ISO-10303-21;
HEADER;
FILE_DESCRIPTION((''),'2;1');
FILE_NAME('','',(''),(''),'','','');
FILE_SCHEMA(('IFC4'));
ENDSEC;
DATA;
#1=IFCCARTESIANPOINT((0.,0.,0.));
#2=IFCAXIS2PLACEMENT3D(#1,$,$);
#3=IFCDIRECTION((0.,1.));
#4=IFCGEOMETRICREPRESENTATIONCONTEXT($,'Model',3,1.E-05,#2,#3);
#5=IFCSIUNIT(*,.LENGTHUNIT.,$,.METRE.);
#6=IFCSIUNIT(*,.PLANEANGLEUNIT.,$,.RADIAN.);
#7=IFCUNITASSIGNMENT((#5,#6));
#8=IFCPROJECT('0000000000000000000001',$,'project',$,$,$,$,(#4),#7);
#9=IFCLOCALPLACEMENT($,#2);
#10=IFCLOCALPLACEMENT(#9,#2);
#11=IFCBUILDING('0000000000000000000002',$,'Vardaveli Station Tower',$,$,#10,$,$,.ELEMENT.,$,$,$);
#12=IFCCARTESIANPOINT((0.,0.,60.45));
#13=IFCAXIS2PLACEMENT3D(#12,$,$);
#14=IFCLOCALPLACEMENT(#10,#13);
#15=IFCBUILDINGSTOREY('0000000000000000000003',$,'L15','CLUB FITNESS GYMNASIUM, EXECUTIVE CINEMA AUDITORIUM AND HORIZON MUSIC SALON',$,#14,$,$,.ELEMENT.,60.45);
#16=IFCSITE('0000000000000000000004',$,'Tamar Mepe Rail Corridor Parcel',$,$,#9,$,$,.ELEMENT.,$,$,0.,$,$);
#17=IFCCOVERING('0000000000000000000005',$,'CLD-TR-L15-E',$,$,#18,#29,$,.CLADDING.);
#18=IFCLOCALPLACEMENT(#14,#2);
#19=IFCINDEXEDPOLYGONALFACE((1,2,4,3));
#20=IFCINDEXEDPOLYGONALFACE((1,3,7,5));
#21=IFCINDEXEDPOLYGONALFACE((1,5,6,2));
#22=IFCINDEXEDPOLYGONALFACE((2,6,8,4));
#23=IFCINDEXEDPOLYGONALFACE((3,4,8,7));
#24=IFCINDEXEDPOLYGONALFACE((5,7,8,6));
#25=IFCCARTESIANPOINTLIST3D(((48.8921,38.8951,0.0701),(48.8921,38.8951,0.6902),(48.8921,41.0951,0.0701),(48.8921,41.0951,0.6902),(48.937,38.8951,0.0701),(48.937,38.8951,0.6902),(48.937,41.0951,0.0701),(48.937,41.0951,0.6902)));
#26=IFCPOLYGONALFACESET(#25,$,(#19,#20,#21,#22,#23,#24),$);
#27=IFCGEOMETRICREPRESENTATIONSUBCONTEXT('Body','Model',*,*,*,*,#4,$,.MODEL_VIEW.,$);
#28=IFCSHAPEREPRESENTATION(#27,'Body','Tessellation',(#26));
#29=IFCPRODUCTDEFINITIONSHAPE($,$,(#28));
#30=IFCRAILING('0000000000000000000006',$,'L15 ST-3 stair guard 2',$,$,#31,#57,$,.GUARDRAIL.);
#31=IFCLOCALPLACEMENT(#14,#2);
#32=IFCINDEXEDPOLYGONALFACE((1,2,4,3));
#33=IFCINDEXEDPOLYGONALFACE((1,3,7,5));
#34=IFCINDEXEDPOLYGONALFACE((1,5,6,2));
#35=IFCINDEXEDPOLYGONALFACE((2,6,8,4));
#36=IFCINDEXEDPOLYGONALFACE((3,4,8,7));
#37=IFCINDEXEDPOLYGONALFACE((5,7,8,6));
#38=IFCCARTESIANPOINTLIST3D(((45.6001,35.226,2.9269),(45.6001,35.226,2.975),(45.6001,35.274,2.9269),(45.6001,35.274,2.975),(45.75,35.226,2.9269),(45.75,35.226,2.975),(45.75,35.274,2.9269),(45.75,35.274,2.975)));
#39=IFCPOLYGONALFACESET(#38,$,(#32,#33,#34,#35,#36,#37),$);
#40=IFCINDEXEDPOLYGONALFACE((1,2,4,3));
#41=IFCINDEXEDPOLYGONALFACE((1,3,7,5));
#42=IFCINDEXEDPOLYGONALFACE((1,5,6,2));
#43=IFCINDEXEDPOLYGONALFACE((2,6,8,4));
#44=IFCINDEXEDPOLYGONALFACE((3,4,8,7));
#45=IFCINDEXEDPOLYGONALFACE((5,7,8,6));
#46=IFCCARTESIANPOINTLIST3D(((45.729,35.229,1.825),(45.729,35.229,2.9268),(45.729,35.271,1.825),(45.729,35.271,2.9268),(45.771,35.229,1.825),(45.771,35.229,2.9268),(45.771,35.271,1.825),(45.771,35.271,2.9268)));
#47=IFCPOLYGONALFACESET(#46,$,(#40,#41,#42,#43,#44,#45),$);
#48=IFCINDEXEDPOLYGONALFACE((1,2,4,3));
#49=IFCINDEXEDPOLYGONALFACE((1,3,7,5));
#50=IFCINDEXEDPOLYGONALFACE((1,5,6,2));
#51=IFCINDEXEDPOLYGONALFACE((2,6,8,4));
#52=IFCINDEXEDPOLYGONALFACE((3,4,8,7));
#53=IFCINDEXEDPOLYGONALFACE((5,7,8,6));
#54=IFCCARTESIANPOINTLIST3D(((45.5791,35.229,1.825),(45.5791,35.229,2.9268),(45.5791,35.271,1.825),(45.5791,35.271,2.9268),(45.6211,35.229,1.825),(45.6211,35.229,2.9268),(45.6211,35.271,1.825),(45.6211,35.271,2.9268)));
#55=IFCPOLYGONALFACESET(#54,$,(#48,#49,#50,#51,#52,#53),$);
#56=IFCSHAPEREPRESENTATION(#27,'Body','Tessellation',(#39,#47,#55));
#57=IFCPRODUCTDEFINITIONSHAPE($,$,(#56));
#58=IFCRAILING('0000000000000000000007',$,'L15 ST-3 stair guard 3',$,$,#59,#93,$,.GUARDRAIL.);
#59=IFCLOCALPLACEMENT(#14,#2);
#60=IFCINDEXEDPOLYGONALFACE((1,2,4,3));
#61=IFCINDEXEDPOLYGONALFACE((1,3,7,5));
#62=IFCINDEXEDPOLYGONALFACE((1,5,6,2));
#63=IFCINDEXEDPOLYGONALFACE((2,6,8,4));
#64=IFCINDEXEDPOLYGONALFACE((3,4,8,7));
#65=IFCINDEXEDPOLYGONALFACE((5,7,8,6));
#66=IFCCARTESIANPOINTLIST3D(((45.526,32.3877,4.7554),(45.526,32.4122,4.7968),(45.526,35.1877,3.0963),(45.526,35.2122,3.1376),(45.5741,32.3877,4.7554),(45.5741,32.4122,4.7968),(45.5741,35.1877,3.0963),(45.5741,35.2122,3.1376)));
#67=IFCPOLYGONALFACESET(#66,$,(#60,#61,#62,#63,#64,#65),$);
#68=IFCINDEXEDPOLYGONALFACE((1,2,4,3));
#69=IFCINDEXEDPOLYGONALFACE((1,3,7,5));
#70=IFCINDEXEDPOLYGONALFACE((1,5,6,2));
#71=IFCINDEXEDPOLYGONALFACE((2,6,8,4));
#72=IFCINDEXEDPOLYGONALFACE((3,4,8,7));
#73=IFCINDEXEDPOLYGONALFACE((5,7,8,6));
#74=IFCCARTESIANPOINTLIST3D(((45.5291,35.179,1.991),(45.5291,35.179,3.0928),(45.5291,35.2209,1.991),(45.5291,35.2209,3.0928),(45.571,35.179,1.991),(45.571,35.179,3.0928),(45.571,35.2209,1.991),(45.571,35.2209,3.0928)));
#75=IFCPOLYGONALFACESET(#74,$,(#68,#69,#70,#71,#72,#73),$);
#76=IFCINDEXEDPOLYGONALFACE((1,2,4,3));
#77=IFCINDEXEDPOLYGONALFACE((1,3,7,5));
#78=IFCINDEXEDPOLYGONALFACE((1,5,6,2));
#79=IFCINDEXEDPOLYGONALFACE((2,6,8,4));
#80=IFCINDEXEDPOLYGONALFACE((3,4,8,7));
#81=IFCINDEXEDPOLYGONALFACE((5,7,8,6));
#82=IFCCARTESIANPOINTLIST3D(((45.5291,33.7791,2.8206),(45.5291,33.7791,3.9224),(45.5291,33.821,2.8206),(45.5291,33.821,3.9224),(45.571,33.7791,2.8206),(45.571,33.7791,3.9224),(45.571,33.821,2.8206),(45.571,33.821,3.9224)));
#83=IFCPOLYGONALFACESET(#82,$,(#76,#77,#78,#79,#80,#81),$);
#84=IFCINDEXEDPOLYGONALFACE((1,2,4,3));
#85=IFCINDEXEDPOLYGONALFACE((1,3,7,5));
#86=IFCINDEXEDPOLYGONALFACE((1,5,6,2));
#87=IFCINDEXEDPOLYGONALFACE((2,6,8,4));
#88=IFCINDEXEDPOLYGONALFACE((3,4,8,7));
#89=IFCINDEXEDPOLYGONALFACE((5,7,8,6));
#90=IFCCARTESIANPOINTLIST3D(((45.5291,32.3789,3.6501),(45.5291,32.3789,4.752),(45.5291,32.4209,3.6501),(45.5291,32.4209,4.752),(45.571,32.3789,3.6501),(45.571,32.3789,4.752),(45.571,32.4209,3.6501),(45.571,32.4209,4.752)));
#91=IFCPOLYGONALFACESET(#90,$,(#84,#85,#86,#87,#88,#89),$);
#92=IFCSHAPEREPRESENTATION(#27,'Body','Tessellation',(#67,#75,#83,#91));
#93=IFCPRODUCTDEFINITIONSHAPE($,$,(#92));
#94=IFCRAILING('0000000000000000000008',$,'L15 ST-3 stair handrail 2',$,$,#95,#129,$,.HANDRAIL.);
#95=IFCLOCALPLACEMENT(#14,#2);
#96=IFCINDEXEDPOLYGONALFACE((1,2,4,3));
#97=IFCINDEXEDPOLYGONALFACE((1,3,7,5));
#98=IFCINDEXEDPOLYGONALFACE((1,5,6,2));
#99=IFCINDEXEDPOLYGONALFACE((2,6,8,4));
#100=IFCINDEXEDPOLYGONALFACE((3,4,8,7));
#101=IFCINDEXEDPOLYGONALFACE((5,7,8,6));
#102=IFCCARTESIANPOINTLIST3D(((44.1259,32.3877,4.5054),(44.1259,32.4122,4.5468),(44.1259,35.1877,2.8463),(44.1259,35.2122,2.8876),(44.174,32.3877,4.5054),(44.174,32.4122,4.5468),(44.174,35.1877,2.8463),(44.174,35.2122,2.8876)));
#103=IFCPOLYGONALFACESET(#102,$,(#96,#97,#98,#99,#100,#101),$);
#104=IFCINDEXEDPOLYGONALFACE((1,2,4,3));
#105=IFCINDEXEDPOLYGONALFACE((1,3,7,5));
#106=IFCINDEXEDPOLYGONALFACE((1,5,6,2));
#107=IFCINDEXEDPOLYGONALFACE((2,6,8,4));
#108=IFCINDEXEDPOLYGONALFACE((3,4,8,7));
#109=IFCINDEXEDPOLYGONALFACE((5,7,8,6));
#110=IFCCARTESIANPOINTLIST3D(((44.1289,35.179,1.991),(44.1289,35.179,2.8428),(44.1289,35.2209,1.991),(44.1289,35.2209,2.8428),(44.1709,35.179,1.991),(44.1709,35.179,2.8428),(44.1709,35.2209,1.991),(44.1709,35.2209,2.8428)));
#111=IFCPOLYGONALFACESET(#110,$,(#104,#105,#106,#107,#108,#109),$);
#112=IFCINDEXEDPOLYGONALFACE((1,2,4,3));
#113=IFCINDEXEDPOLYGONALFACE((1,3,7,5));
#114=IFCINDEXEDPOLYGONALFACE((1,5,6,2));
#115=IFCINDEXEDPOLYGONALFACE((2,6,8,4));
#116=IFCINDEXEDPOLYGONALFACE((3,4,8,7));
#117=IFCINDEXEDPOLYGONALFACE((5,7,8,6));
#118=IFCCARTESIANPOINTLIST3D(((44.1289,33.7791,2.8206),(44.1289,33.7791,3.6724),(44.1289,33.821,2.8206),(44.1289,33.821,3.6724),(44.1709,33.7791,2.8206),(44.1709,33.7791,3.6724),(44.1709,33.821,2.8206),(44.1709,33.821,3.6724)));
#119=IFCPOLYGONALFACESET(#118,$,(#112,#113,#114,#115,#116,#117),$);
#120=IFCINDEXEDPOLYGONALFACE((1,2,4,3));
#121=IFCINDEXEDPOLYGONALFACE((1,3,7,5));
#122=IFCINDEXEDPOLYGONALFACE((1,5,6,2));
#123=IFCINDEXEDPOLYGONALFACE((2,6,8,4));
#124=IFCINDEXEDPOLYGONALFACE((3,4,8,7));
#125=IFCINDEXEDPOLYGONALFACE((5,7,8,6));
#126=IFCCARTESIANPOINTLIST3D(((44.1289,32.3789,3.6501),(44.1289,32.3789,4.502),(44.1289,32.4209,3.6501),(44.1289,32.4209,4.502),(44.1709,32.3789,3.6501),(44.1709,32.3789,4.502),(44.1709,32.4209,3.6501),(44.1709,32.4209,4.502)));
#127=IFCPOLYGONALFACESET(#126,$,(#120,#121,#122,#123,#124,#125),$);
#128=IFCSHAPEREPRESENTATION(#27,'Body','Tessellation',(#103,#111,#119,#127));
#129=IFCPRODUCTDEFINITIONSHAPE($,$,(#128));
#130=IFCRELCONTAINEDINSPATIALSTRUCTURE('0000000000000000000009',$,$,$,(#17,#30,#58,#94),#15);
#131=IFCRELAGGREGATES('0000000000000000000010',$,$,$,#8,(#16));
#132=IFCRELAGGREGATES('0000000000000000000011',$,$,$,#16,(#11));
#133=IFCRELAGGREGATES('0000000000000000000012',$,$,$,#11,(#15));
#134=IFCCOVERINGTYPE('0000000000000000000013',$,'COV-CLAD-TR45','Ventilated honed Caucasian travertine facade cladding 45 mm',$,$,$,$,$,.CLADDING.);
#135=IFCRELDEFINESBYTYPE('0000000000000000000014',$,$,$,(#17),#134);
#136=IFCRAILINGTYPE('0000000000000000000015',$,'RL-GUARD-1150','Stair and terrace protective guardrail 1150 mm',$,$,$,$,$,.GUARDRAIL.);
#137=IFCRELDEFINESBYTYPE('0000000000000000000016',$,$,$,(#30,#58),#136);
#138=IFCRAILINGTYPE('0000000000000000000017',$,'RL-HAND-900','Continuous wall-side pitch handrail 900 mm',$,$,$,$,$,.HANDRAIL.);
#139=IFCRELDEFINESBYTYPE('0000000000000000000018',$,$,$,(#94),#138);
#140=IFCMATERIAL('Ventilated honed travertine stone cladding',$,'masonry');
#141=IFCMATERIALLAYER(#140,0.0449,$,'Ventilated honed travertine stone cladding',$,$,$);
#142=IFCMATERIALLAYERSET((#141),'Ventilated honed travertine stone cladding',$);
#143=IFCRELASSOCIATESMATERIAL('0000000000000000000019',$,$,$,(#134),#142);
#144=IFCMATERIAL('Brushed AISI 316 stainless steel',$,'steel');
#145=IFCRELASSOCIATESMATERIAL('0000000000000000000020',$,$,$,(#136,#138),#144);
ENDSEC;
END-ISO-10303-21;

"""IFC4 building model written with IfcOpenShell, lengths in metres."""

from ifc_helpers import new_model, si_unit, direction, frame, origin, origin_2d, place, context, subcontext, project, spatial, rectangle, extrude, source, transform, mapped, material, layer, layer_set, type_object, element, save


model = new_model("IFC4")

# Units and contexts
model_context = context("Model", 3, precision=1e-05, world=origin(), true_north=direction((0.0, 1.0)))
body_context = subcontext(model_context, "Body", "Model", "MODEL_VIEW")
ifc_project = project(units=[si_unit("LENGTHUNIT", "METRE"), si_unit("PLANEANGLEUNIT", "RADIAN")], contexts=[model_context])

# Site, building, storey
site_placement = place(None, origin())
site = spatial("IfcSite", under=ifc_project, at=site_placement, Name="Tamar Mepe Rail Corridor Parcel", CompositionType="ELEMENT", RefElevation=0.0)
building_placement = place(site_placement, origin())
building = spatial("IfcBuilding", under=site, at=building_placement, Name="Vardaveli Station Tower", CompositionType="ELEMENT")
storey_placement = place(building_placement, frame((0.0, 0.0, 60.45)))
storey = spatial("IfcBuildingStorey", under=building, at=storey_placement, Name="L15", Description="CLUB FITNESS GYMNASIUM, EXECUTIVE CINEMA AUDITORIUM AND HORIZON MUSIC SALON", CompositionType="ELEMENT", Elevation=60.45)

# Covering
ifc_material_1 = material(Name="Ventilated honed travertine stone cladding", Category="masonry")
ifc_layer_1 = layer(ifc_material_1, 0.0449, Name="Ventilated honed travertine stone cladding")
ifc_layer_set_1 = layer_set([ifc_layer_1], Name="Ventilated honed travertine stone cladding")
covering_type = type_object("IfcCoveringType", Name="COV-CLAD-TR45", Description="Ventilated honed Caucasian travertine facade cladding 45 mm", PredefinedType="CLADDING", material=ifc_layer_set_1)
shared_shape_1 = source(origin(), body_context, "Body", "SweptSolid", [
    extrude(rectangle(XDim=2.2, YDim=0.0449, at=origin_2d()), origin(), (0.0, 0.0, 1.0), 0.6201),
])
covering_placement = place(storey_placement, frame((48.9146, 39.9951, 0.0701), z_axis=(0.0, 0.0, 1.0), x_axis=(0.0, 1.0, 0.0)))
element("IfcCovering", 1, at=covering_placement, inside=storey, type_object=covering_type, Name="CLD-TR-L15-E", PredefinedType="CLADDING", context=body_context, shape_type="MappedRepresentation", body=[
    mapped(shared_shape_1, transform((0.0, 0.0, 0.0), scale=1.0)),
])

# Railings
ifc_material_2 = material(Name="Brushed AISI 316 stainless steel", Category="steel")
railing_type_1 = type_object("IfcRailingType", Name="RL-GUARD-1150", Description="Stair and terrace protective guardrail 1150 mm", PredefinedType="GUARDRAIL", material=ifc_material_2)
shared_shape_2 = source(origin(), body_context, "Body", "SweptSolid", [
    extrude(rectangle(XDim=0.0481, YDim=0.0481, at=origin_2d()), frame((0.0, 0.0, 1.126), z_axis=(-1.0, 0.0, 0.0), x_axis=(0.0, -1.0, 0.0)), (0.0, 0.0, 1.0), 0.1499),
    extrude(rectangle(XDim=0.042, YDim=0.042, at=origin_2d()), origin(), (0.0, 0.0, 1.0), 1.1018),
    extrude(rectangle(XDim=0.042, YDim=0.042, at=origin_2d()), frame((-0.1499, 0.0, 0.0)), (0.0, 0.0, 1.0), 1.1018),
])
railing_1_placement = place(storey_placement, frame((45.75, 35.25, 1.825)))
element("IfcRailing", 2, at=railing_1_placement, inside=storey, type_object=railing_type_1, Name="L15 ST-3 stair guard 2", PredefinedType="GUARDRAIL", context=body_context, shape_type="MappedRepresentation", body=[
    mapped(shared_shape_2, transform((0.0, 0.0, 0.0), scale=1.0)),
])
shared_shape_3 = source(origin(), body_context, "Body", "SweptSolid", [
    extrude(rectangle(XDim=0.0481, YDim=0.0481, at=origin_2d()), frame((0.0, 0.0, 1.126), z_axis=(0.0, -0.860306, 0.509778), x_axis=(1.0, 0.0, 0.0)), (0.0, 0.0, 1.0), 3.2546),
    extrude(rectangle(XDim=0.042, YDim=0.042, at=origin_2d()), origin(), (0.0, 0.0, 1.0), 1.1018),
    extrude(rectangle(XDim=0.042, YDim=0.042, at=origin_2d()), frame((0.0, -1.3999, 0.8296)), (0.0, 0.0, 1.0), 1.1018),
    extrude(rectangle(XDim=0.042, YDim=0.042, at=origin_2d()), frame((0.0, -2.8, 1.6592)), (0.0, 0.0, 1.0), 1.1018),
])
railing_2_placement = place(storey_placement, frame((45.55, 35.2, 1.991)))
element("IfcRailing", 3, at=railing_2_placement, inside=storey, type_object=railing_type_1, Name="L15 ST-3 stair guard 3", PredefinedType="GUARDRAIL", context=body_context, shape_type="MappedRepresentation", body=[
    mapped(shared_shape_3, transform((0.0, 0.0, 0.0), scale=1.0)),
])
railing_type_2 = type_object("IfcRailingType", Name="RL-HAND-900", Description="Continuous wall-side pitch handrail 900 mm", PredefinedType="HANDRAIL", material=ifc_material_2)
shared_shape_4 = source(origin(), body_context, "Body", "SweptSolid", [
    extrude(rectangle(XDim=0.0481, YDim=0.0481, at=origin_2d()), frame((0.0, 0.0, 0.876), z_axis=(0.0, -0.860306, 0.509778), x_axis=(1.0, 0.0, 0.0)), (0.0, 0.0, 1.0), 3.2546),
    extrude(rectangle(XDim=0.042, YDim=0.042, at=origin_2d()), origin(), (0.0, 0.0, 1.0), 0.8518),
    extrude(rectangle(XDim=0.042, YDim=0.042, at=origin_2d()), frame((0.0, -1.3999, 0.8296)), (0.0, 0.0, 1.0), 0.8518),
    extrude(rectangle(XDim=0.042, YDim=0.042, at=origin_2d()), frame((0.0, -2.8, 1.6592)), (0.0, 0.0, 1.0), 0.8518),
])
railing_3_placement = place(storey_placement, frame((44.1499, 35.2, 1.991)))
element("IfcRailing", 4, at=railing_3_placement, inside=storey, type_object=railing_type_2, Name="L15 ST-3 stair handrail 2", PredefinedType="HANDRAIL", context=body_context, shape_type="MappedRepresentation", body=[
    mapped(shared_shape_4, transform((0.0, 0.0, 0.0), scale=1.0)),
])

save(model, "model.ifc")
